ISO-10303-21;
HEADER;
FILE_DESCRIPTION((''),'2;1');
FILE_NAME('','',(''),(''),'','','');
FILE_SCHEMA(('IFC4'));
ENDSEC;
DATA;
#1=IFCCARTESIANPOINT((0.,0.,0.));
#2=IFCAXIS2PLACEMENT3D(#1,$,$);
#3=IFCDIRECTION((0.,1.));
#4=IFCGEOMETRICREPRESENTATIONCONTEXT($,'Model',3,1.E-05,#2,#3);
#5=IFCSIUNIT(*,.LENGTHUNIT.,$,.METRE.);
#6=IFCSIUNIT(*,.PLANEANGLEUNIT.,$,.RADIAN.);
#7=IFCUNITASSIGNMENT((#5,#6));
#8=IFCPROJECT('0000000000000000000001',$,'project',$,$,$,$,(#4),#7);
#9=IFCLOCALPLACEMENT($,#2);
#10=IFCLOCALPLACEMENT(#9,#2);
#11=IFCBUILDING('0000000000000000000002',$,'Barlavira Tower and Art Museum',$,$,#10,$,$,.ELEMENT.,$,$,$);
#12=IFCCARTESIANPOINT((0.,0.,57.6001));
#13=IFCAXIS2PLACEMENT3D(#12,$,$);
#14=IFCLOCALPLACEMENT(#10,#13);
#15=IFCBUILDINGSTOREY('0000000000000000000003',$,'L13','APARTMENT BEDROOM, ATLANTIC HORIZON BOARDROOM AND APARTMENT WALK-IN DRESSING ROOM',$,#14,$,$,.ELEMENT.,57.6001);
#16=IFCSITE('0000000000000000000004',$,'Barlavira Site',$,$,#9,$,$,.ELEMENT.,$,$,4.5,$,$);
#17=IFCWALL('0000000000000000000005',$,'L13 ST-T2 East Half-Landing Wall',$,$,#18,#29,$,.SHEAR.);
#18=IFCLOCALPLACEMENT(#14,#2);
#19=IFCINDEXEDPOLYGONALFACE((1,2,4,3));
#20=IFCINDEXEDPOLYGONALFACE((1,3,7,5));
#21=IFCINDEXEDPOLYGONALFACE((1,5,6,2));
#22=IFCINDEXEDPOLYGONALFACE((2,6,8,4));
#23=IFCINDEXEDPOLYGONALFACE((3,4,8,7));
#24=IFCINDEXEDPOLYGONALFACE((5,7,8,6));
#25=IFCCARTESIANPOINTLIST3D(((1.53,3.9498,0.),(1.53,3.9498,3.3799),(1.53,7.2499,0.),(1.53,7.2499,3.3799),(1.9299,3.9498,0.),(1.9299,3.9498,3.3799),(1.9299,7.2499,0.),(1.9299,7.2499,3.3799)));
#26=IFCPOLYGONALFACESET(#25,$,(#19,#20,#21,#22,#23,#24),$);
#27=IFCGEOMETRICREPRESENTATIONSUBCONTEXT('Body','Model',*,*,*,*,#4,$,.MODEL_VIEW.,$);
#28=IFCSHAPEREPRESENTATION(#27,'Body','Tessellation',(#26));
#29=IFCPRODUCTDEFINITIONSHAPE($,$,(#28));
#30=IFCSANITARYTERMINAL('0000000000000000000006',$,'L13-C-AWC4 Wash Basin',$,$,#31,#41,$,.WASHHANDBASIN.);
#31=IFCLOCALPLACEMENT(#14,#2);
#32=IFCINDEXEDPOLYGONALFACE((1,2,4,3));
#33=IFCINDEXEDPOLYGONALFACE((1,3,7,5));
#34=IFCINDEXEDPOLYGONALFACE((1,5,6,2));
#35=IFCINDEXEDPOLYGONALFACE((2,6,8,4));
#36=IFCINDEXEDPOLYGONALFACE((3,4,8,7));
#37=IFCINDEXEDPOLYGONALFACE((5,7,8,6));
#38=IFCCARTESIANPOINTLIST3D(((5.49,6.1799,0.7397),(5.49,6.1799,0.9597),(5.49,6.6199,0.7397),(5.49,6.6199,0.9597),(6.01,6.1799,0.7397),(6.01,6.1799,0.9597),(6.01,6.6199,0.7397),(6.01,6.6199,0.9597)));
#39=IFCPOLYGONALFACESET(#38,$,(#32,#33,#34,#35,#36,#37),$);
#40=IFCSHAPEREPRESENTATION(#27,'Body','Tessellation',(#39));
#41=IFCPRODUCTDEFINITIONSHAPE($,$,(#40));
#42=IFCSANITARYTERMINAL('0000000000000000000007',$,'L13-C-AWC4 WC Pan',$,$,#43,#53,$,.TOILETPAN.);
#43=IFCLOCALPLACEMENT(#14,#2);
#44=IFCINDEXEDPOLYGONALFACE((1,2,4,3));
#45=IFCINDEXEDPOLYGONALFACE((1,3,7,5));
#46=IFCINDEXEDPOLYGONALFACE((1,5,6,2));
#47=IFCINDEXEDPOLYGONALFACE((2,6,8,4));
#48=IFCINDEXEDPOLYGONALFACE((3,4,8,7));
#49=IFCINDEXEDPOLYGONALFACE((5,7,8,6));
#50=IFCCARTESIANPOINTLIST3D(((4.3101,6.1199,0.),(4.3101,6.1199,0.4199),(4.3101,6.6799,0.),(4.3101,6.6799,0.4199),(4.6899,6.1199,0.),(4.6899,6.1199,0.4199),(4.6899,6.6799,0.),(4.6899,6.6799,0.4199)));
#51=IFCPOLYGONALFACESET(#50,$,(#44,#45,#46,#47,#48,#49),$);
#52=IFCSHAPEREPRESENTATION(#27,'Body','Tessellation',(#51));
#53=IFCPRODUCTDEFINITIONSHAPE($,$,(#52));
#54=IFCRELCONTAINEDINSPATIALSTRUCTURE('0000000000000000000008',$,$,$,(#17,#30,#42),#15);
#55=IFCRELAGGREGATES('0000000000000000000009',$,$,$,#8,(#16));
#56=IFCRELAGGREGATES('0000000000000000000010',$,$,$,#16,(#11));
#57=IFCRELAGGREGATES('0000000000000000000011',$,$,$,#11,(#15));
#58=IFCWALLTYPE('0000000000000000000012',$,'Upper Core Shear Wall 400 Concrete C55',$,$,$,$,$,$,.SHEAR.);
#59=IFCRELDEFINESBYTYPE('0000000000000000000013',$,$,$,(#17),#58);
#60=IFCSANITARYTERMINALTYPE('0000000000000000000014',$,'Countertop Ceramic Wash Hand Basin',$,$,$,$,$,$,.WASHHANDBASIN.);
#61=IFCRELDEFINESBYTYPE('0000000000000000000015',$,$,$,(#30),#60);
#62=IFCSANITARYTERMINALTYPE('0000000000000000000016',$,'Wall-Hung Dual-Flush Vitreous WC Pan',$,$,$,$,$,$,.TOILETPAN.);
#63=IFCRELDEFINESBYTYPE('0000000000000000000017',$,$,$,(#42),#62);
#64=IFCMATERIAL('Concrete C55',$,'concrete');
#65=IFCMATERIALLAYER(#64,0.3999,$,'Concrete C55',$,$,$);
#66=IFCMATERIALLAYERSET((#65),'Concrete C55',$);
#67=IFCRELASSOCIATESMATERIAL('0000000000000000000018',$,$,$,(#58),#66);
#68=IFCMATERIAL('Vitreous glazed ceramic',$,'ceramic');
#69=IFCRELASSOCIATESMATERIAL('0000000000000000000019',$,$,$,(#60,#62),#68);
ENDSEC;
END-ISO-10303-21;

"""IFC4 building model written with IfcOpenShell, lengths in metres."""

from ifc_helpers import new_model, si_unit, direction, frame, frame_2d, origin, origin_2d, place, context, subcontext, project, spatial, rectangle, extrude, material, layer, layer_set, type_object, element, save


model = new_model("IFC4")

# Units and contexts
model_context = context("Model", 3, precision=1e-05, world=origin(), true_north=direction((0.0, 1.0)))
body_context = subcontext(model_context, "Body", "Model", "MODEL_VIEW")
ifc_project = project(units=[si_unit("LENGTHUNIT", "METRE"), si_unit("PLANEANGLEUNIT", "RADIAN")], contexts=[model_context])

# Site, building, storey
site_placement = place(None, origin())
site = spatial("IfcSite", under=ifc_project, at=site_placement, Name="Barlavira Site", CompositionType="ELEMENT", RefElevation=4.5)
building_placement = place(site_placement, origin())
building = spatial("IfcBuilding", under=site, at=building_placement, Name="Barlavira Tower and Art Museum", CompositionType="ELEMENT")
storey_placement = place(building_placement, frame((0.0, 0.0, 57.6001)))
storey = spatial("IfcBuildingStorey", under=building, at=storey_placement, Name="L13", Description="APARTMENT BEDROOM, ATLANTIC HORIZON BOARDROOM AND APARTMENT WALK-IN DRESSING ROOM", CompositionType="ELEMENT", Elevation=57.6001)

# Wall
ifc_material_1 = material(Name="Concrete C55", Category="concrete")
ifc_layer_1 = layer(ifc_material_1, 0.3999, Name="Concrete C55")
ifc_layer_set_1 = layer_set([ifc_layer_1], Name="Concrete C55")
wall_type_1 = type_object("IfcWallType", Name="Upper Core Shear Wall 400 Concrete C55", PredefinedType="SHEAR", material=ifc_layer_set_1)
wall_1_placement = place(storey_placement, frame((1.73, 3.95, 0.0), z_axis=(0.0, 0.0, 1.0), x_axis=(0.0, 1.0, 0.0)))
element("IfcWall", 1, at=wall_1_placement, inside=storey, type_object=wall_type_1, Name="L13 ST-T2 East Half-Landing Wall", PredefinedType="SHEAR", context=body_context, shape_type="SweptSolid", body=[
    extrude(rectangle(XDim=3.3, YDim=0.3999, at=frame_2d((1.6499, 0.0))), origin(), (0.0, 0.0, 1.0), 3.3799),
])

# Sanitary terminals
ifc_material_2 = material(Name="Vitreous glazed ceramic", Category="ceramic")
sanitary_terminal_type_1 = type_object("IfcSanitaryTerminalType", Name="Countertop Ceramic Wash Hand Basin", PredefinedType="WASHHANDBASIN", material=ifc_material_2)
sanitary_terminal_1_placement = place(storey_placement, frame((5.75, 6.3999, 0.7397), z_axis=(0.0, 0.0, 1.0), x_axis=(1.0, 0.0, 0.0)))
element("IfcSanitaryTerminal", 2, at=sanitary_terminal_1_placement, inside=storey, type_object=sanitary_terminal_type_1, Name="L13-C-AWC4 Wash Basin", PredefinedType="WASHHANDBASIN", context=body_context, shape_type="SweptSolid", body=[
    extrude(rectangle(XDim=0.52, YDim=0.4399, at=origin_2d()), origin(), (0.0, 0.0, 1.0), 0.22),
])
sanitary_terminal_type_2 = type_object("IfcSanitaryTerminalType", Name="Wall-Hung Dual-Flush Vitreous WC Pan", PredefinedType="TOILETPAN", material=ifc_material_2)
sanitary_terminal_2_placement = place(storey_placement, frame((4.5, 6.3999, 0.0), z_axis=(0.0, 0.0, 1.0), x_axis=(1.0, 0.0, 0.0)))
element("IfcSanitaryTerminal", 3, at=sanitary_terminal_2_placement, inside=storey, type_object=sanitary_terminal_type_2, Name="L13-C-AWC4 WC Pan", PredefinedType="TOILETPAN", context=body_context, shape_type="SweptSolid", body=[
    extrude(rectangle(XDim=0.3799, YDim=0.5601, at=origin_2d()), origin(), (0.0, 0.0, 1.0), 0.4199),
])

save(model, "model.ifc")
